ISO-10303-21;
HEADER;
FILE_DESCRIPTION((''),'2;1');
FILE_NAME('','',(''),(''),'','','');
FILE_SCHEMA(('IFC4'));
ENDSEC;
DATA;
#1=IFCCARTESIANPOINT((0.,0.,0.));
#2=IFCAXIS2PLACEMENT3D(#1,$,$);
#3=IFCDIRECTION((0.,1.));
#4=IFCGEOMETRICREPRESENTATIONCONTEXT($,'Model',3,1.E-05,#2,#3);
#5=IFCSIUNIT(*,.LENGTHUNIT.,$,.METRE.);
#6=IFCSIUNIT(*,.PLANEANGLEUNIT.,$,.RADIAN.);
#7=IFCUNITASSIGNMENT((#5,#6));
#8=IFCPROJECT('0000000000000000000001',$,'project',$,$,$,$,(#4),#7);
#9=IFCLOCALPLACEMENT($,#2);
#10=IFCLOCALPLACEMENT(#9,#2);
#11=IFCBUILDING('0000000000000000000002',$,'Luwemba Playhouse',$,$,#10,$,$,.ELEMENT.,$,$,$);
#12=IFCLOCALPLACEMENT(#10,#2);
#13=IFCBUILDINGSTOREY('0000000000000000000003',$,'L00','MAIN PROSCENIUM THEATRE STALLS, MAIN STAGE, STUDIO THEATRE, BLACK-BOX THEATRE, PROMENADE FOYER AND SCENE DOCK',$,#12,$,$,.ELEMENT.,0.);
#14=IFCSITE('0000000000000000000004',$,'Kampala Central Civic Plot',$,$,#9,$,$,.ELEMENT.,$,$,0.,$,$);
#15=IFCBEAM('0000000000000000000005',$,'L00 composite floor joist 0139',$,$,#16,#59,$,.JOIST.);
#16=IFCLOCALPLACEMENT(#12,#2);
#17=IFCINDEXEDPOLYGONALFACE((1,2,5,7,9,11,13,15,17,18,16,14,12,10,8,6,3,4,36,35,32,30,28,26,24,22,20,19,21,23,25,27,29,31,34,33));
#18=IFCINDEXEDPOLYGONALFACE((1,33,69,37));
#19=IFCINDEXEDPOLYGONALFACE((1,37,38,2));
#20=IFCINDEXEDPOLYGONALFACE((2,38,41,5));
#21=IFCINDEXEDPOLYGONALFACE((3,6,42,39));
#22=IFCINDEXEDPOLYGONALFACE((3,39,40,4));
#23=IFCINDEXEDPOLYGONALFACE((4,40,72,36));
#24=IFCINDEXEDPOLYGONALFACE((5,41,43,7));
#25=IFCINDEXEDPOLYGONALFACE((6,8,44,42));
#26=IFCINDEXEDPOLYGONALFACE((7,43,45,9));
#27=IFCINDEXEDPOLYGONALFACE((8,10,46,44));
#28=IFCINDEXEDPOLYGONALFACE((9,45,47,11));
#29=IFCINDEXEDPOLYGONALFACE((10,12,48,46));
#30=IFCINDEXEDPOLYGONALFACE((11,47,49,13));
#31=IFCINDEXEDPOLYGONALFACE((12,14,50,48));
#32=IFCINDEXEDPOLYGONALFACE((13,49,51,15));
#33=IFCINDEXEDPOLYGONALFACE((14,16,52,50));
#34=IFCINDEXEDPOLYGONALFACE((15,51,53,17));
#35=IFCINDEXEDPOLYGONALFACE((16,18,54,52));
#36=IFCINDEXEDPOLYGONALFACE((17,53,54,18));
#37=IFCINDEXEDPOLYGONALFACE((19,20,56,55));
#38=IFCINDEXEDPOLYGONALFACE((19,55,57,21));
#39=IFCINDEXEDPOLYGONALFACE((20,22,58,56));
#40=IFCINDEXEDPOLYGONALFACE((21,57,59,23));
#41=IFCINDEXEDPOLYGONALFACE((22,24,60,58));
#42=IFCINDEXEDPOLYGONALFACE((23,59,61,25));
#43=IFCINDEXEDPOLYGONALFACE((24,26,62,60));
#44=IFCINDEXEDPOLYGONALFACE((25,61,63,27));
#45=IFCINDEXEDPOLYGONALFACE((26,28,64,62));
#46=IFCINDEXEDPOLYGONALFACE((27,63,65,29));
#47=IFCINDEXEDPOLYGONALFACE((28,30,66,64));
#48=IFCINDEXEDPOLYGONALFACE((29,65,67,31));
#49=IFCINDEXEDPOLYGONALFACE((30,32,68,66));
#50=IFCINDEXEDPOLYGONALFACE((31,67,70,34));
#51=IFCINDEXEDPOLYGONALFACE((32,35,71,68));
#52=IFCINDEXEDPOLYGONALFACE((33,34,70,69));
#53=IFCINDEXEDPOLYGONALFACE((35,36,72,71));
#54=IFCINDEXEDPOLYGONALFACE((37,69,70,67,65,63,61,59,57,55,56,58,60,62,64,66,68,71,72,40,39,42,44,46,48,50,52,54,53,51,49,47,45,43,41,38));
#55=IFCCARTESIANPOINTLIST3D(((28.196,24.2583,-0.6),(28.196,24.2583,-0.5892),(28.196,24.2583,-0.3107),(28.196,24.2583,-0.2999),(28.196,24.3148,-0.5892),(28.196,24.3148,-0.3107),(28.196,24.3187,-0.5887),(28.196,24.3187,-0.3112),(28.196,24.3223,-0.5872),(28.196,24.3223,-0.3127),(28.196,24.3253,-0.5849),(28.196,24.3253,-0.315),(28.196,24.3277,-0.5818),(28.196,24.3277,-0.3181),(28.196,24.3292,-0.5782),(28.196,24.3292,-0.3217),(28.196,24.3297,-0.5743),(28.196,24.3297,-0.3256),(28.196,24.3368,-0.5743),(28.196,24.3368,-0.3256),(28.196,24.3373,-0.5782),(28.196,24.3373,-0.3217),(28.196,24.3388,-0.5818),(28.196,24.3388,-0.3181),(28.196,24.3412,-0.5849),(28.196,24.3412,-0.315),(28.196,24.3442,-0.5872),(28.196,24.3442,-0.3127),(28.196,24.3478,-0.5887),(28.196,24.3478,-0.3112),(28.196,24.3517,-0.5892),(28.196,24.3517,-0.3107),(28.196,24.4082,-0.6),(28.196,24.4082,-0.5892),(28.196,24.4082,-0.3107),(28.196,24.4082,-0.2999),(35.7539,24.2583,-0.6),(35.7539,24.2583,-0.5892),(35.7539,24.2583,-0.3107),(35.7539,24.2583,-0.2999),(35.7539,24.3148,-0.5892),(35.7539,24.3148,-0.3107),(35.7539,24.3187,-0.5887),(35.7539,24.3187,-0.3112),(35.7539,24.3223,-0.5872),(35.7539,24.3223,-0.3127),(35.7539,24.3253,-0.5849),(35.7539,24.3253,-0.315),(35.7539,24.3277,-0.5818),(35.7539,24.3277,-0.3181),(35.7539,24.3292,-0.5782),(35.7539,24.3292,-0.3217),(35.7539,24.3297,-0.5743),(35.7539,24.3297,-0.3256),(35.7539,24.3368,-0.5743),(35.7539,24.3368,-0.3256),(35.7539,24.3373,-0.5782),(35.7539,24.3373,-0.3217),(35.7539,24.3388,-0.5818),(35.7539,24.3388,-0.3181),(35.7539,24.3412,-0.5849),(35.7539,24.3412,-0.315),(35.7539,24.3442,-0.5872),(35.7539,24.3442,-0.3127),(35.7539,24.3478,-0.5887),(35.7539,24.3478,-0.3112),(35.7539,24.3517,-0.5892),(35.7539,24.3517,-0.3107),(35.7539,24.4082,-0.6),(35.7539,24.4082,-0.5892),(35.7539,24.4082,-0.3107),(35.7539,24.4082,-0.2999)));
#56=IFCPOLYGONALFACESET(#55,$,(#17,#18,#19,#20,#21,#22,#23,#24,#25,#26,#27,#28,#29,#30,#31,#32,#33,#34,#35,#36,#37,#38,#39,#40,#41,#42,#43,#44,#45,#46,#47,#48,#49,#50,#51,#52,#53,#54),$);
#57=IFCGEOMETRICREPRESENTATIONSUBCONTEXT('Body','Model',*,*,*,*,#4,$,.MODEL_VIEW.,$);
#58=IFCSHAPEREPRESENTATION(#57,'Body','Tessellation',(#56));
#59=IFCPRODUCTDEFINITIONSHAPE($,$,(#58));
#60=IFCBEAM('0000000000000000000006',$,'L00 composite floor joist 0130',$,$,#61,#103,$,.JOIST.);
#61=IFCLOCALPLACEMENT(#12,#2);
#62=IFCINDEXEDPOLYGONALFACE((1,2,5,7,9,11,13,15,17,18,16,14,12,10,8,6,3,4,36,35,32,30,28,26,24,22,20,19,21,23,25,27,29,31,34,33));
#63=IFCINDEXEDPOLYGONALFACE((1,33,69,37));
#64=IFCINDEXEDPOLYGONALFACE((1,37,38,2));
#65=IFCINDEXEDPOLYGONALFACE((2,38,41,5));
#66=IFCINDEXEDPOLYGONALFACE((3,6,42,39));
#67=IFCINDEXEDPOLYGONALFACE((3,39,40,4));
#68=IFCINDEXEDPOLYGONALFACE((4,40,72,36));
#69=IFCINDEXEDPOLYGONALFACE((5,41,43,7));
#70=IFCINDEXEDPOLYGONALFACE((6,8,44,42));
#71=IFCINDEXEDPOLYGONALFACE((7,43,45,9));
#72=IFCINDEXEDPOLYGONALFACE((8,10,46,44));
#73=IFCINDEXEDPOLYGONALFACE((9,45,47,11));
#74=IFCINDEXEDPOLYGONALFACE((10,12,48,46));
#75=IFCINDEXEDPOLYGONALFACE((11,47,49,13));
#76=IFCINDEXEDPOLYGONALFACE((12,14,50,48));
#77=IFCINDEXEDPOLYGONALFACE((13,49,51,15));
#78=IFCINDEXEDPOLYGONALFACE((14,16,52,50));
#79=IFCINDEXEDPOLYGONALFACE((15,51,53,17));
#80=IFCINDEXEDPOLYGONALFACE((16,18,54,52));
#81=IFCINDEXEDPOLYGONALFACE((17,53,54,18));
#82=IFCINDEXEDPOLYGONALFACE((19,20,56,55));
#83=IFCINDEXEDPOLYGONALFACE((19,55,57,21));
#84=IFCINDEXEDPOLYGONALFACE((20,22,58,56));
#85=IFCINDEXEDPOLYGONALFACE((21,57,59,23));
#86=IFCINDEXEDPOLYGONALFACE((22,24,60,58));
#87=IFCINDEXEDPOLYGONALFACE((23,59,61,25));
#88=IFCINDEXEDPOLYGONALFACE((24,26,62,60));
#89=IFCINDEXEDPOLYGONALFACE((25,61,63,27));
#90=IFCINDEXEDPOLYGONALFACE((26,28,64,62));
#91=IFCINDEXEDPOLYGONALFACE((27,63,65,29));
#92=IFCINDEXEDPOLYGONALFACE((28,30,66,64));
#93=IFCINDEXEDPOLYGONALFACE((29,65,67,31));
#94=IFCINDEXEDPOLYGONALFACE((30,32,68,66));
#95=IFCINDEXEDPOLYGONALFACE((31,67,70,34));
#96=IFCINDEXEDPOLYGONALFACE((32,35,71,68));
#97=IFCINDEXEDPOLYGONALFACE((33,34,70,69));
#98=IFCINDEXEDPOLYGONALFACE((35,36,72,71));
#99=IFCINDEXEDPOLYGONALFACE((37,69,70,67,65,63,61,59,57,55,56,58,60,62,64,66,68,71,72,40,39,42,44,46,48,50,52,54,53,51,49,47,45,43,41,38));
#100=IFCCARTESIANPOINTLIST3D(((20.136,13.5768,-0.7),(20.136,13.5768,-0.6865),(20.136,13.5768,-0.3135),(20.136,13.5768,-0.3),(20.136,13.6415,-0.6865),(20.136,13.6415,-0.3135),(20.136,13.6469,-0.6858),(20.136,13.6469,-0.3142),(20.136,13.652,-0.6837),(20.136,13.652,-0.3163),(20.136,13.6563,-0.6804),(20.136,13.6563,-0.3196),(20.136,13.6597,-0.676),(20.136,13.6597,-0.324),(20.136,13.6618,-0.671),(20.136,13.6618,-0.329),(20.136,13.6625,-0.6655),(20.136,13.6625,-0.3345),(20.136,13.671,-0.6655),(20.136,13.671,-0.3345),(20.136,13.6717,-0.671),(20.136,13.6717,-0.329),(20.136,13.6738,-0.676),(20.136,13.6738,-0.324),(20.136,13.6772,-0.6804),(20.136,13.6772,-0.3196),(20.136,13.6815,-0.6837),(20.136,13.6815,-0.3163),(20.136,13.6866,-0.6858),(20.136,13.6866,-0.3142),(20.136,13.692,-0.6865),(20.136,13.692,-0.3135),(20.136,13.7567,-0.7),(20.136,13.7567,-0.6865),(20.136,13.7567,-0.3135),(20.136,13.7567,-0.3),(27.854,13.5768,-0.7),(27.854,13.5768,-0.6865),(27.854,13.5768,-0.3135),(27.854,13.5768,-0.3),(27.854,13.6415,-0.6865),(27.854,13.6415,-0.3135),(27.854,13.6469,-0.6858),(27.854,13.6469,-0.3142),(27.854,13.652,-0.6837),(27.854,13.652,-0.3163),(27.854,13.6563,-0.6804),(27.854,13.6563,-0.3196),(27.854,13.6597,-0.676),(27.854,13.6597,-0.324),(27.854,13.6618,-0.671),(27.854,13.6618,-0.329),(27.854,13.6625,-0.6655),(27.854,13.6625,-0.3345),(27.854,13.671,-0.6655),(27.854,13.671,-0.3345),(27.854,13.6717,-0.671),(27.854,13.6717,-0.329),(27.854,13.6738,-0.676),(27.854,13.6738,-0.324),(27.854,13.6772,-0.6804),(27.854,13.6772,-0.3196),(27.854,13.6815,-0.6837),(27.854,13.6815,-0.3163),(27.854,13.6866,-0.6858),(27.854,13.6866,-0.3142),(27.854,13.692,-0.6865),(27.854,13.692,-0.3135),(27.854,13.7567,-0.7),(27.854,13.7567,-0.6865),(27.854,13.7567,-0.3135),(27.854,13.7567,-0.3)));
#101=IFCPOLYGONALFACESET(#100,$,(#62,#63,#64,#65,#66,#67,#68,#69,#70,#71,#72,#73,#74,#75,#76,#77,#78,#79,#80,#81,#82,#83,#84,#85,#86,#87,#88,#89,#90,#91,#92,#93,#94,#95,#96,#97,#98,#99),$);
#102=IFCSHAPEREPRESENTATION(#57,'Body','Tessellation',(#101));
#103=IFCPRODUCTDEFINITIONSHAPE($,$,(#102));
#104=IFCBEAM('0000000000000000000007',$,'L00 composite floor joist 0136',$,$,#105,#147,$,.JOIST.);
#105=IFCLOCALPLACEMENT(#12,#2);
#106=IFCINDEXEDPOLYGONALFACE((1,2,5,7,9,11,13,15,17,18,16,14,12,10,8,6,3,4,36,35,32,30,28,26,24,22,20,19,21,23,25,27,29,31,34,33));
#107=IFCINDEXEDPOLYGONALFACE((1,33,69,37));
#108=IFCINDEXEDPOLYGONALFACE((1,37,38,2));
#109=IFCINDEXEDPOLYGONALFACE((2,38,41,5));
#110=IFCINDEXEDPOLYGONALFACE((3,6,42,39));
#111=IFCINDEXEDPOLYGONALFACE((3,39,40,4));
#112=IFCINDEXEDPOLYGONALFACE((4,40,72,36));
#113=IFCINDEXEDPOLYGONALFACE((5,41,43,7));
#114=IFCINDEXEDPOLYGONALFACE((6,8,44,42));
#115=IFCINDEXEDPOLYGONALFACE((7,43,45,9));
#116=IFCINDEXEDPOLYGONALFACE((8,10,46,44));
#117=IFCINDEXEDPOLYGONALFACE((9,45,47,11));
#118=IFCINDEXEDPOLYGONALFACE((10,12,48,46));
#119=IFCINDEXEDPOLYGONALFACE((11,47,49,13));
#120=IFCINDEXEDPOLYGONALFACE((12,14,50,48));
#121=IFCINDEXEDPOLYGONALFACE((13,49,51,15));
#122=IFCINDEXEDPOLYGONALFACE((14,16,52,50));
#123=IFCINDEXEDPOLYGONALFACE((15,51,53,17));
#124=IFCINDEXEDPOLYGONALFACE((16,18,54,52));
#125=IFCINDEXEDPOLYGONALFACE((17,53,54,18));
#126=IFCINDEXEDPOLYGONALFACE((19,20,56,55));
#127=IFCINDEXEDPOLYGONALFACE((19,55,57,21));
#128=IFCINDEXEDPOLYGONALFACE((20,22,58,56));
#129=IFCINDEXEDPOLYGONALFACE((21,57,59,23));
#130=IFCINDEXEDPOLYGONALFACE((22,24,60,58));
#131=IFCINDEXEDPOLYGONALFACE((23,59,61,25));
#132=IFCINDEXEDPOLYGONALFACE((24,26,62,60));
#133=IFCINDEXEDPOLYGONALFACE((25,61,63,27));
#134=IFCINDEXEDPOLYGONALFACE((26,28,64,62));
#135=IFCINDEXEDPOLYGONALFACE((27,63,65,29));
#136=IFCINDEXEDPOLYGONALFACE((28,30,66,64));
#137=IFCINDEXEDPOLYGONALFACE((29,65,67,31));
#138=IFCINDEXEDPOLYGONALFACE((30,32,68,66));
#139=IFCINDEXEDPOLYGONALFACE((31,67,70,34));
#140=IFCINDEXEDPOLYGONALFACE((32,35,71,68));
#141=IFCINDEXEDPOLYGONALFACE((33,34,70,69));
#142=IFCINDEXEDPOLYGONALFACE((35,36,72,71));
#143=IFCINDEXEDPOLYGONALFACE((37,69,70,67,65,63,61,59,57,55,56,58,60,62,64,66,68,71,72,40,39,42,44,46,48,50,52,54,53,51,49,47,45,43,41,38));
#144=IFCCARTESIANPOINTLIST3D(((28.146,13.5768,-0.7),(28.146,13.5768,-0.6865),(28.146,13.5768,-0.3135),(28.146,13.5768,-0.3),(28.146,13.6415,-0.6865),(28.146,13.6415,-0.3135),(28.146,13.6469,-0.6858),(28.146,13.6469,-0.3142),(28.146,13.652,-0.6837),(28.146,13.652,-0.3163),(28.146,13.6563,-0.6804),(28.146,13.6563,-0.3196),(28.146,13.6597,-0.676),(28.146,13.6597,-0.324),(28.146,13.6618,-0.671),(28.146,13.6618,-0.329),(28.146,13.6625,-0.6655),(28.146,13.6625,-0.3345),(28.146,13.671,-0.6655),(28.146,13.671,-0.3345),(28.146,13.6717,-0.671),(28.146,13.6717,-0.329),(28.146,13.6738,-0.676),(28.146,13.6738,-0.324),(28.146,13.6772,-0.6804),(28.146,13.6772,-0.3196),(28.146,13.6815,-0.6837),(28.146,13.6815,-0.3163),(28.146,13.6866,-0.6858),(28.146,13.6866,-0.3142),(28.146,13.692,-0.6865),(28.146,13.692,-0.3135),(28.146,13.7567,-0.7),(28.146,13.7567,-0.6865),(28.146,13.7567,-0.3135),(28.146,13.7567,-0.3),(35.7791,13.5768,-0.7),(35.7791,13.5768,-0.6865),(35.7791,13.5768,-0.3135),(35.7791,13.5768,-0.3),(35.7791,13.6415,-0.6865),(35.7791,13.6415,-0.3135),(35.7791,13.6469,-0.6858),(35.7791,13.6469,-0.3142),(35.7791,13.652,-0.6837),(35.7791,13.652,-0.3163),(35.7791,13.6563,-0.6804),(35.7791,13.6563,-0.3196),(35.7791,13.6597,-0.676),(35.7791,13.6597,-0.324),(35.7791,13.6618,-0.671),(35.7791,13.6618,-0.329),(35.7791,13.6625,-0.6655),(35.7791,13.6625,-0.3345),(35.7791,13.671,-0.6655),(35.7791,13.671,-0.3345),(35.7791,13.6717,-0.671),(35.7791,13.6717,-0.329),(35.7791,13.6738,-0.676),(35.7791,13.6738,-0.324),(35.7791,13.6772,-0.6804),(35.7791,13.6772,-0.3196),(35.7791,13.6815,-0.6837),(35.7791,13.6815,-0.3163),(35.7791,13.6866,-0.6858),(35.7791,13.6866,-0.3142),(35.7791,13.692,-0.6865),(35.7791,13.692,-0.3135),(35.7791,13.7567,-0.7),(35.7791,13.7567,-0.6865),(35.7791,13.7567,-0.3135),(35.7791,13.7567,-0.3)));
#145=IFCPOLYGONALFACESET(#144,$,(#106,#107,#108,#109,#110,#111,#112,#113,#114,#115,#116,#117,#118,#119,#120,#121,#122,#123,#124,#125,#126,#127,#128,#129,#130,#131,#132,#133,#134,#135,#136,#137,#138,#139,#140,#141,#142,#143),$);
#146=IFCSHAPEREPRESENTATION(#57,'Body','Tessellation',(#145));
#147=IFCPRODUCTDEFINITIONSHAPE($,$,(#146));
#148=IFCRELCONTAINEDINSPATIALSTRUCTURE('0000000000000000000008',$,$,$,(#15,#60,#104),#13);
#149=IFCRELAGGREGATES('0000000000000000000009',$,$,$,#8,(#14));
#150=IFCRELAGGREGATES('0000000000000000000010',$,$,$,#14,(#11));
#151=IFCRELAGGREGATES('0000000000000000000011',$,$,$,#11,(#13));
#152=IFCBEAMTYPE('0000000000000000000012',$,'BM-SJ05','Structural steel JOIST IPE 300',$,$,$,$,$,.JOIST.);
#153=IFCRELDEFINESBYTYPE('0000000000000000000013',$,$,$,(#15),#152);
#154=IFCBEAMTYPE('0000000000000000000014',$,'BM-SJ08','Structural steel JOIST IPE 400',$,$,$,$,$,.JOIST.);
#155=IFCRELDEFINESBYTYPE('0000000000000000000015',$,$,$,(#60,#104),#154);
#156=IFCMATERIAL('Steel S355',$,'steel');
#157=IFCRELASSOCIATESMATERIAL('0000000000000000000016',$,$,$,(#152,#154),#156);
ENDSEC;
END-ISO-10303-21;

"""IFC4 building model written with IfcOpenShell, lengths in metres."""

from ifc_helpers import new_model, si_unit, direction, frame, origin, origin_2d, place, context, subcontext, project, spatial, i_section, extrude, material, material_profile, profile_set, type_object, element, save


model = new_model("IFC4")

# Units and contexts
model_context = context("Model", 3, precision=1e-05, world=origin(), true_north=direction((0.0, 1.0)))
body_context = subcontext(model_context, "Body", "Model", "MODEL_VIEW")
ifc_project = project(units=[si_unit("LENGTHUNIT", "METRE"), si_unit("PLANEANGLEUNIT", "RADIAN")], contexts=[model_context])

# Site, building, storey
site_placement = place(None, origin())
site = spatial("IfcSite", under=ifc_project, at=site_placement, Name="Kampala Central Civic Plot", CompositionType="ELEMENT", RefElevation=0.0)
building_placement = place(site_placement, origin())
building = spatial("IfcBuilding", under=site, at=building_placement, Name="Luwemba Playhouse", CompositionType="ELEMENT")
storey_placement = place(building_placement, origin())
storey = spatial("IfcBuildingStorey", under=building, at=storey_placement, Name="L00", Description="MAIN PROSCENIUM THEATRE STALLS, MAIN STAGE, STUDIO THEATRE, BLACK-BOX THEATRE, PROMENADE FOYER AND SCENE DOCK", CompositionType="ELEMENT", Elevation=0.0)

# Beams
ifc_material_1 = material(Name="Steel S355", Category="steel")
ifc_material_profile_1 = material_profile(ifc_material_1, i_section(OverallWidth=0.1499, OverallDepth=0.3, WebThickness=0.0071, FlangeThickness=0.0107, FilletRadius=0.0149, at=origin_2d()))
ifc_profile_set_1 = profile_set([ifc_material_profile_1], Name="Steel S355")
beam_type_1 = type_object("IfcBeamType", Name="BM-SJ05", Description="Structural steel JOIST IPE 300", PredefinedType="JOIST", material=ifc_profile_set_1)
beam_1_placement = place(storey_placement, frame((28.196, 24.3333, -0.45), z_axis=(1.0, 0.0, 0.0), x_axis=(0.0, 1.0, 0.0)))
element("IfcBeam", 1, at=beam_1_placement, inside=storey, type_object=beam_type_1, Name="L00 composite floor joist 0139", PredefinedType="JOIST", context=body_context, shape_type="SweptSolid", body=[
    extrude(i_section(OverallWidth=0.1499, OverallDepth=0.3, WebThickness=0.0071, FlangeThickness=0.0107, FilletRadius=0.0149, at=origin_2d()), origin(), (0.0, 0.0, 1.0), 7.5579),
])
ifc_material_profile_2 = material_profile(ifc_material_1, i_section(OverallWidth=0.1799, OverallDepth=0.3999, WebThickness=0.0085, FlangeThickness=0.0134, FilletRadius=0.021, at=origin_2d()))
ifc_profile_set_2 = profile_set([ifc_material_profile_2], Name="Steel S355")
beam_type_2 = type_object("IfcBeamType", Name="BM-SJ08", Description="Structural steel JOIST IPE 400", PredefinedType="JOIST", material=ifc_profile_set_2)
beam_2_placement = place(storey_placement, frame((20.136, 13.6667, -0.5), z_axis=(1.0, 0.0, 0.0), x_axis=(0.0, 1.0, 0.0)))
element("IfcBeam", 2, at=beam_2_placement, inside=storey, type_object=beam_type_2, Name="L00 composite floor joist 0130", PredefinedType="JOIST", context=body_context, shape_type="SweptSolid", body=[
    extrude(i_section(OverallWidth=0.1799, OverallDepth=0.3999, WebThickness=0.0085, FlangeThickness=0.0134, FilletRadius=0.021, at=origin_2d()), origin(), (0.0, 0.0, 1.0), 7.718),
])
beam_3_placement = place(storey_placement, frame((28.146, 13.6667, -0.5), z_axis=(1.0, 0.0, 0.0), x_axis=(0.0, 1.0, 0.0)))
element("IfcBeam", 3, at=beam_3_placement, inside=storey, type_object=beam_type_2, Name="L00 composite floor joist 0136", PredefinedType="JOIST", context=body_context, shape_type="SweptSolid", body=[
    extrude(i_section(OverallWidth=0.1799, OverallDepth=0.3999, WebThickness=0.0085, FlangeThickness=0.0134, FilletRadius=0.021, at=origin_2d()), origin(), (0.0, 0.0, 1.0), 7.6331),
])

save(model, "model.ifc")
